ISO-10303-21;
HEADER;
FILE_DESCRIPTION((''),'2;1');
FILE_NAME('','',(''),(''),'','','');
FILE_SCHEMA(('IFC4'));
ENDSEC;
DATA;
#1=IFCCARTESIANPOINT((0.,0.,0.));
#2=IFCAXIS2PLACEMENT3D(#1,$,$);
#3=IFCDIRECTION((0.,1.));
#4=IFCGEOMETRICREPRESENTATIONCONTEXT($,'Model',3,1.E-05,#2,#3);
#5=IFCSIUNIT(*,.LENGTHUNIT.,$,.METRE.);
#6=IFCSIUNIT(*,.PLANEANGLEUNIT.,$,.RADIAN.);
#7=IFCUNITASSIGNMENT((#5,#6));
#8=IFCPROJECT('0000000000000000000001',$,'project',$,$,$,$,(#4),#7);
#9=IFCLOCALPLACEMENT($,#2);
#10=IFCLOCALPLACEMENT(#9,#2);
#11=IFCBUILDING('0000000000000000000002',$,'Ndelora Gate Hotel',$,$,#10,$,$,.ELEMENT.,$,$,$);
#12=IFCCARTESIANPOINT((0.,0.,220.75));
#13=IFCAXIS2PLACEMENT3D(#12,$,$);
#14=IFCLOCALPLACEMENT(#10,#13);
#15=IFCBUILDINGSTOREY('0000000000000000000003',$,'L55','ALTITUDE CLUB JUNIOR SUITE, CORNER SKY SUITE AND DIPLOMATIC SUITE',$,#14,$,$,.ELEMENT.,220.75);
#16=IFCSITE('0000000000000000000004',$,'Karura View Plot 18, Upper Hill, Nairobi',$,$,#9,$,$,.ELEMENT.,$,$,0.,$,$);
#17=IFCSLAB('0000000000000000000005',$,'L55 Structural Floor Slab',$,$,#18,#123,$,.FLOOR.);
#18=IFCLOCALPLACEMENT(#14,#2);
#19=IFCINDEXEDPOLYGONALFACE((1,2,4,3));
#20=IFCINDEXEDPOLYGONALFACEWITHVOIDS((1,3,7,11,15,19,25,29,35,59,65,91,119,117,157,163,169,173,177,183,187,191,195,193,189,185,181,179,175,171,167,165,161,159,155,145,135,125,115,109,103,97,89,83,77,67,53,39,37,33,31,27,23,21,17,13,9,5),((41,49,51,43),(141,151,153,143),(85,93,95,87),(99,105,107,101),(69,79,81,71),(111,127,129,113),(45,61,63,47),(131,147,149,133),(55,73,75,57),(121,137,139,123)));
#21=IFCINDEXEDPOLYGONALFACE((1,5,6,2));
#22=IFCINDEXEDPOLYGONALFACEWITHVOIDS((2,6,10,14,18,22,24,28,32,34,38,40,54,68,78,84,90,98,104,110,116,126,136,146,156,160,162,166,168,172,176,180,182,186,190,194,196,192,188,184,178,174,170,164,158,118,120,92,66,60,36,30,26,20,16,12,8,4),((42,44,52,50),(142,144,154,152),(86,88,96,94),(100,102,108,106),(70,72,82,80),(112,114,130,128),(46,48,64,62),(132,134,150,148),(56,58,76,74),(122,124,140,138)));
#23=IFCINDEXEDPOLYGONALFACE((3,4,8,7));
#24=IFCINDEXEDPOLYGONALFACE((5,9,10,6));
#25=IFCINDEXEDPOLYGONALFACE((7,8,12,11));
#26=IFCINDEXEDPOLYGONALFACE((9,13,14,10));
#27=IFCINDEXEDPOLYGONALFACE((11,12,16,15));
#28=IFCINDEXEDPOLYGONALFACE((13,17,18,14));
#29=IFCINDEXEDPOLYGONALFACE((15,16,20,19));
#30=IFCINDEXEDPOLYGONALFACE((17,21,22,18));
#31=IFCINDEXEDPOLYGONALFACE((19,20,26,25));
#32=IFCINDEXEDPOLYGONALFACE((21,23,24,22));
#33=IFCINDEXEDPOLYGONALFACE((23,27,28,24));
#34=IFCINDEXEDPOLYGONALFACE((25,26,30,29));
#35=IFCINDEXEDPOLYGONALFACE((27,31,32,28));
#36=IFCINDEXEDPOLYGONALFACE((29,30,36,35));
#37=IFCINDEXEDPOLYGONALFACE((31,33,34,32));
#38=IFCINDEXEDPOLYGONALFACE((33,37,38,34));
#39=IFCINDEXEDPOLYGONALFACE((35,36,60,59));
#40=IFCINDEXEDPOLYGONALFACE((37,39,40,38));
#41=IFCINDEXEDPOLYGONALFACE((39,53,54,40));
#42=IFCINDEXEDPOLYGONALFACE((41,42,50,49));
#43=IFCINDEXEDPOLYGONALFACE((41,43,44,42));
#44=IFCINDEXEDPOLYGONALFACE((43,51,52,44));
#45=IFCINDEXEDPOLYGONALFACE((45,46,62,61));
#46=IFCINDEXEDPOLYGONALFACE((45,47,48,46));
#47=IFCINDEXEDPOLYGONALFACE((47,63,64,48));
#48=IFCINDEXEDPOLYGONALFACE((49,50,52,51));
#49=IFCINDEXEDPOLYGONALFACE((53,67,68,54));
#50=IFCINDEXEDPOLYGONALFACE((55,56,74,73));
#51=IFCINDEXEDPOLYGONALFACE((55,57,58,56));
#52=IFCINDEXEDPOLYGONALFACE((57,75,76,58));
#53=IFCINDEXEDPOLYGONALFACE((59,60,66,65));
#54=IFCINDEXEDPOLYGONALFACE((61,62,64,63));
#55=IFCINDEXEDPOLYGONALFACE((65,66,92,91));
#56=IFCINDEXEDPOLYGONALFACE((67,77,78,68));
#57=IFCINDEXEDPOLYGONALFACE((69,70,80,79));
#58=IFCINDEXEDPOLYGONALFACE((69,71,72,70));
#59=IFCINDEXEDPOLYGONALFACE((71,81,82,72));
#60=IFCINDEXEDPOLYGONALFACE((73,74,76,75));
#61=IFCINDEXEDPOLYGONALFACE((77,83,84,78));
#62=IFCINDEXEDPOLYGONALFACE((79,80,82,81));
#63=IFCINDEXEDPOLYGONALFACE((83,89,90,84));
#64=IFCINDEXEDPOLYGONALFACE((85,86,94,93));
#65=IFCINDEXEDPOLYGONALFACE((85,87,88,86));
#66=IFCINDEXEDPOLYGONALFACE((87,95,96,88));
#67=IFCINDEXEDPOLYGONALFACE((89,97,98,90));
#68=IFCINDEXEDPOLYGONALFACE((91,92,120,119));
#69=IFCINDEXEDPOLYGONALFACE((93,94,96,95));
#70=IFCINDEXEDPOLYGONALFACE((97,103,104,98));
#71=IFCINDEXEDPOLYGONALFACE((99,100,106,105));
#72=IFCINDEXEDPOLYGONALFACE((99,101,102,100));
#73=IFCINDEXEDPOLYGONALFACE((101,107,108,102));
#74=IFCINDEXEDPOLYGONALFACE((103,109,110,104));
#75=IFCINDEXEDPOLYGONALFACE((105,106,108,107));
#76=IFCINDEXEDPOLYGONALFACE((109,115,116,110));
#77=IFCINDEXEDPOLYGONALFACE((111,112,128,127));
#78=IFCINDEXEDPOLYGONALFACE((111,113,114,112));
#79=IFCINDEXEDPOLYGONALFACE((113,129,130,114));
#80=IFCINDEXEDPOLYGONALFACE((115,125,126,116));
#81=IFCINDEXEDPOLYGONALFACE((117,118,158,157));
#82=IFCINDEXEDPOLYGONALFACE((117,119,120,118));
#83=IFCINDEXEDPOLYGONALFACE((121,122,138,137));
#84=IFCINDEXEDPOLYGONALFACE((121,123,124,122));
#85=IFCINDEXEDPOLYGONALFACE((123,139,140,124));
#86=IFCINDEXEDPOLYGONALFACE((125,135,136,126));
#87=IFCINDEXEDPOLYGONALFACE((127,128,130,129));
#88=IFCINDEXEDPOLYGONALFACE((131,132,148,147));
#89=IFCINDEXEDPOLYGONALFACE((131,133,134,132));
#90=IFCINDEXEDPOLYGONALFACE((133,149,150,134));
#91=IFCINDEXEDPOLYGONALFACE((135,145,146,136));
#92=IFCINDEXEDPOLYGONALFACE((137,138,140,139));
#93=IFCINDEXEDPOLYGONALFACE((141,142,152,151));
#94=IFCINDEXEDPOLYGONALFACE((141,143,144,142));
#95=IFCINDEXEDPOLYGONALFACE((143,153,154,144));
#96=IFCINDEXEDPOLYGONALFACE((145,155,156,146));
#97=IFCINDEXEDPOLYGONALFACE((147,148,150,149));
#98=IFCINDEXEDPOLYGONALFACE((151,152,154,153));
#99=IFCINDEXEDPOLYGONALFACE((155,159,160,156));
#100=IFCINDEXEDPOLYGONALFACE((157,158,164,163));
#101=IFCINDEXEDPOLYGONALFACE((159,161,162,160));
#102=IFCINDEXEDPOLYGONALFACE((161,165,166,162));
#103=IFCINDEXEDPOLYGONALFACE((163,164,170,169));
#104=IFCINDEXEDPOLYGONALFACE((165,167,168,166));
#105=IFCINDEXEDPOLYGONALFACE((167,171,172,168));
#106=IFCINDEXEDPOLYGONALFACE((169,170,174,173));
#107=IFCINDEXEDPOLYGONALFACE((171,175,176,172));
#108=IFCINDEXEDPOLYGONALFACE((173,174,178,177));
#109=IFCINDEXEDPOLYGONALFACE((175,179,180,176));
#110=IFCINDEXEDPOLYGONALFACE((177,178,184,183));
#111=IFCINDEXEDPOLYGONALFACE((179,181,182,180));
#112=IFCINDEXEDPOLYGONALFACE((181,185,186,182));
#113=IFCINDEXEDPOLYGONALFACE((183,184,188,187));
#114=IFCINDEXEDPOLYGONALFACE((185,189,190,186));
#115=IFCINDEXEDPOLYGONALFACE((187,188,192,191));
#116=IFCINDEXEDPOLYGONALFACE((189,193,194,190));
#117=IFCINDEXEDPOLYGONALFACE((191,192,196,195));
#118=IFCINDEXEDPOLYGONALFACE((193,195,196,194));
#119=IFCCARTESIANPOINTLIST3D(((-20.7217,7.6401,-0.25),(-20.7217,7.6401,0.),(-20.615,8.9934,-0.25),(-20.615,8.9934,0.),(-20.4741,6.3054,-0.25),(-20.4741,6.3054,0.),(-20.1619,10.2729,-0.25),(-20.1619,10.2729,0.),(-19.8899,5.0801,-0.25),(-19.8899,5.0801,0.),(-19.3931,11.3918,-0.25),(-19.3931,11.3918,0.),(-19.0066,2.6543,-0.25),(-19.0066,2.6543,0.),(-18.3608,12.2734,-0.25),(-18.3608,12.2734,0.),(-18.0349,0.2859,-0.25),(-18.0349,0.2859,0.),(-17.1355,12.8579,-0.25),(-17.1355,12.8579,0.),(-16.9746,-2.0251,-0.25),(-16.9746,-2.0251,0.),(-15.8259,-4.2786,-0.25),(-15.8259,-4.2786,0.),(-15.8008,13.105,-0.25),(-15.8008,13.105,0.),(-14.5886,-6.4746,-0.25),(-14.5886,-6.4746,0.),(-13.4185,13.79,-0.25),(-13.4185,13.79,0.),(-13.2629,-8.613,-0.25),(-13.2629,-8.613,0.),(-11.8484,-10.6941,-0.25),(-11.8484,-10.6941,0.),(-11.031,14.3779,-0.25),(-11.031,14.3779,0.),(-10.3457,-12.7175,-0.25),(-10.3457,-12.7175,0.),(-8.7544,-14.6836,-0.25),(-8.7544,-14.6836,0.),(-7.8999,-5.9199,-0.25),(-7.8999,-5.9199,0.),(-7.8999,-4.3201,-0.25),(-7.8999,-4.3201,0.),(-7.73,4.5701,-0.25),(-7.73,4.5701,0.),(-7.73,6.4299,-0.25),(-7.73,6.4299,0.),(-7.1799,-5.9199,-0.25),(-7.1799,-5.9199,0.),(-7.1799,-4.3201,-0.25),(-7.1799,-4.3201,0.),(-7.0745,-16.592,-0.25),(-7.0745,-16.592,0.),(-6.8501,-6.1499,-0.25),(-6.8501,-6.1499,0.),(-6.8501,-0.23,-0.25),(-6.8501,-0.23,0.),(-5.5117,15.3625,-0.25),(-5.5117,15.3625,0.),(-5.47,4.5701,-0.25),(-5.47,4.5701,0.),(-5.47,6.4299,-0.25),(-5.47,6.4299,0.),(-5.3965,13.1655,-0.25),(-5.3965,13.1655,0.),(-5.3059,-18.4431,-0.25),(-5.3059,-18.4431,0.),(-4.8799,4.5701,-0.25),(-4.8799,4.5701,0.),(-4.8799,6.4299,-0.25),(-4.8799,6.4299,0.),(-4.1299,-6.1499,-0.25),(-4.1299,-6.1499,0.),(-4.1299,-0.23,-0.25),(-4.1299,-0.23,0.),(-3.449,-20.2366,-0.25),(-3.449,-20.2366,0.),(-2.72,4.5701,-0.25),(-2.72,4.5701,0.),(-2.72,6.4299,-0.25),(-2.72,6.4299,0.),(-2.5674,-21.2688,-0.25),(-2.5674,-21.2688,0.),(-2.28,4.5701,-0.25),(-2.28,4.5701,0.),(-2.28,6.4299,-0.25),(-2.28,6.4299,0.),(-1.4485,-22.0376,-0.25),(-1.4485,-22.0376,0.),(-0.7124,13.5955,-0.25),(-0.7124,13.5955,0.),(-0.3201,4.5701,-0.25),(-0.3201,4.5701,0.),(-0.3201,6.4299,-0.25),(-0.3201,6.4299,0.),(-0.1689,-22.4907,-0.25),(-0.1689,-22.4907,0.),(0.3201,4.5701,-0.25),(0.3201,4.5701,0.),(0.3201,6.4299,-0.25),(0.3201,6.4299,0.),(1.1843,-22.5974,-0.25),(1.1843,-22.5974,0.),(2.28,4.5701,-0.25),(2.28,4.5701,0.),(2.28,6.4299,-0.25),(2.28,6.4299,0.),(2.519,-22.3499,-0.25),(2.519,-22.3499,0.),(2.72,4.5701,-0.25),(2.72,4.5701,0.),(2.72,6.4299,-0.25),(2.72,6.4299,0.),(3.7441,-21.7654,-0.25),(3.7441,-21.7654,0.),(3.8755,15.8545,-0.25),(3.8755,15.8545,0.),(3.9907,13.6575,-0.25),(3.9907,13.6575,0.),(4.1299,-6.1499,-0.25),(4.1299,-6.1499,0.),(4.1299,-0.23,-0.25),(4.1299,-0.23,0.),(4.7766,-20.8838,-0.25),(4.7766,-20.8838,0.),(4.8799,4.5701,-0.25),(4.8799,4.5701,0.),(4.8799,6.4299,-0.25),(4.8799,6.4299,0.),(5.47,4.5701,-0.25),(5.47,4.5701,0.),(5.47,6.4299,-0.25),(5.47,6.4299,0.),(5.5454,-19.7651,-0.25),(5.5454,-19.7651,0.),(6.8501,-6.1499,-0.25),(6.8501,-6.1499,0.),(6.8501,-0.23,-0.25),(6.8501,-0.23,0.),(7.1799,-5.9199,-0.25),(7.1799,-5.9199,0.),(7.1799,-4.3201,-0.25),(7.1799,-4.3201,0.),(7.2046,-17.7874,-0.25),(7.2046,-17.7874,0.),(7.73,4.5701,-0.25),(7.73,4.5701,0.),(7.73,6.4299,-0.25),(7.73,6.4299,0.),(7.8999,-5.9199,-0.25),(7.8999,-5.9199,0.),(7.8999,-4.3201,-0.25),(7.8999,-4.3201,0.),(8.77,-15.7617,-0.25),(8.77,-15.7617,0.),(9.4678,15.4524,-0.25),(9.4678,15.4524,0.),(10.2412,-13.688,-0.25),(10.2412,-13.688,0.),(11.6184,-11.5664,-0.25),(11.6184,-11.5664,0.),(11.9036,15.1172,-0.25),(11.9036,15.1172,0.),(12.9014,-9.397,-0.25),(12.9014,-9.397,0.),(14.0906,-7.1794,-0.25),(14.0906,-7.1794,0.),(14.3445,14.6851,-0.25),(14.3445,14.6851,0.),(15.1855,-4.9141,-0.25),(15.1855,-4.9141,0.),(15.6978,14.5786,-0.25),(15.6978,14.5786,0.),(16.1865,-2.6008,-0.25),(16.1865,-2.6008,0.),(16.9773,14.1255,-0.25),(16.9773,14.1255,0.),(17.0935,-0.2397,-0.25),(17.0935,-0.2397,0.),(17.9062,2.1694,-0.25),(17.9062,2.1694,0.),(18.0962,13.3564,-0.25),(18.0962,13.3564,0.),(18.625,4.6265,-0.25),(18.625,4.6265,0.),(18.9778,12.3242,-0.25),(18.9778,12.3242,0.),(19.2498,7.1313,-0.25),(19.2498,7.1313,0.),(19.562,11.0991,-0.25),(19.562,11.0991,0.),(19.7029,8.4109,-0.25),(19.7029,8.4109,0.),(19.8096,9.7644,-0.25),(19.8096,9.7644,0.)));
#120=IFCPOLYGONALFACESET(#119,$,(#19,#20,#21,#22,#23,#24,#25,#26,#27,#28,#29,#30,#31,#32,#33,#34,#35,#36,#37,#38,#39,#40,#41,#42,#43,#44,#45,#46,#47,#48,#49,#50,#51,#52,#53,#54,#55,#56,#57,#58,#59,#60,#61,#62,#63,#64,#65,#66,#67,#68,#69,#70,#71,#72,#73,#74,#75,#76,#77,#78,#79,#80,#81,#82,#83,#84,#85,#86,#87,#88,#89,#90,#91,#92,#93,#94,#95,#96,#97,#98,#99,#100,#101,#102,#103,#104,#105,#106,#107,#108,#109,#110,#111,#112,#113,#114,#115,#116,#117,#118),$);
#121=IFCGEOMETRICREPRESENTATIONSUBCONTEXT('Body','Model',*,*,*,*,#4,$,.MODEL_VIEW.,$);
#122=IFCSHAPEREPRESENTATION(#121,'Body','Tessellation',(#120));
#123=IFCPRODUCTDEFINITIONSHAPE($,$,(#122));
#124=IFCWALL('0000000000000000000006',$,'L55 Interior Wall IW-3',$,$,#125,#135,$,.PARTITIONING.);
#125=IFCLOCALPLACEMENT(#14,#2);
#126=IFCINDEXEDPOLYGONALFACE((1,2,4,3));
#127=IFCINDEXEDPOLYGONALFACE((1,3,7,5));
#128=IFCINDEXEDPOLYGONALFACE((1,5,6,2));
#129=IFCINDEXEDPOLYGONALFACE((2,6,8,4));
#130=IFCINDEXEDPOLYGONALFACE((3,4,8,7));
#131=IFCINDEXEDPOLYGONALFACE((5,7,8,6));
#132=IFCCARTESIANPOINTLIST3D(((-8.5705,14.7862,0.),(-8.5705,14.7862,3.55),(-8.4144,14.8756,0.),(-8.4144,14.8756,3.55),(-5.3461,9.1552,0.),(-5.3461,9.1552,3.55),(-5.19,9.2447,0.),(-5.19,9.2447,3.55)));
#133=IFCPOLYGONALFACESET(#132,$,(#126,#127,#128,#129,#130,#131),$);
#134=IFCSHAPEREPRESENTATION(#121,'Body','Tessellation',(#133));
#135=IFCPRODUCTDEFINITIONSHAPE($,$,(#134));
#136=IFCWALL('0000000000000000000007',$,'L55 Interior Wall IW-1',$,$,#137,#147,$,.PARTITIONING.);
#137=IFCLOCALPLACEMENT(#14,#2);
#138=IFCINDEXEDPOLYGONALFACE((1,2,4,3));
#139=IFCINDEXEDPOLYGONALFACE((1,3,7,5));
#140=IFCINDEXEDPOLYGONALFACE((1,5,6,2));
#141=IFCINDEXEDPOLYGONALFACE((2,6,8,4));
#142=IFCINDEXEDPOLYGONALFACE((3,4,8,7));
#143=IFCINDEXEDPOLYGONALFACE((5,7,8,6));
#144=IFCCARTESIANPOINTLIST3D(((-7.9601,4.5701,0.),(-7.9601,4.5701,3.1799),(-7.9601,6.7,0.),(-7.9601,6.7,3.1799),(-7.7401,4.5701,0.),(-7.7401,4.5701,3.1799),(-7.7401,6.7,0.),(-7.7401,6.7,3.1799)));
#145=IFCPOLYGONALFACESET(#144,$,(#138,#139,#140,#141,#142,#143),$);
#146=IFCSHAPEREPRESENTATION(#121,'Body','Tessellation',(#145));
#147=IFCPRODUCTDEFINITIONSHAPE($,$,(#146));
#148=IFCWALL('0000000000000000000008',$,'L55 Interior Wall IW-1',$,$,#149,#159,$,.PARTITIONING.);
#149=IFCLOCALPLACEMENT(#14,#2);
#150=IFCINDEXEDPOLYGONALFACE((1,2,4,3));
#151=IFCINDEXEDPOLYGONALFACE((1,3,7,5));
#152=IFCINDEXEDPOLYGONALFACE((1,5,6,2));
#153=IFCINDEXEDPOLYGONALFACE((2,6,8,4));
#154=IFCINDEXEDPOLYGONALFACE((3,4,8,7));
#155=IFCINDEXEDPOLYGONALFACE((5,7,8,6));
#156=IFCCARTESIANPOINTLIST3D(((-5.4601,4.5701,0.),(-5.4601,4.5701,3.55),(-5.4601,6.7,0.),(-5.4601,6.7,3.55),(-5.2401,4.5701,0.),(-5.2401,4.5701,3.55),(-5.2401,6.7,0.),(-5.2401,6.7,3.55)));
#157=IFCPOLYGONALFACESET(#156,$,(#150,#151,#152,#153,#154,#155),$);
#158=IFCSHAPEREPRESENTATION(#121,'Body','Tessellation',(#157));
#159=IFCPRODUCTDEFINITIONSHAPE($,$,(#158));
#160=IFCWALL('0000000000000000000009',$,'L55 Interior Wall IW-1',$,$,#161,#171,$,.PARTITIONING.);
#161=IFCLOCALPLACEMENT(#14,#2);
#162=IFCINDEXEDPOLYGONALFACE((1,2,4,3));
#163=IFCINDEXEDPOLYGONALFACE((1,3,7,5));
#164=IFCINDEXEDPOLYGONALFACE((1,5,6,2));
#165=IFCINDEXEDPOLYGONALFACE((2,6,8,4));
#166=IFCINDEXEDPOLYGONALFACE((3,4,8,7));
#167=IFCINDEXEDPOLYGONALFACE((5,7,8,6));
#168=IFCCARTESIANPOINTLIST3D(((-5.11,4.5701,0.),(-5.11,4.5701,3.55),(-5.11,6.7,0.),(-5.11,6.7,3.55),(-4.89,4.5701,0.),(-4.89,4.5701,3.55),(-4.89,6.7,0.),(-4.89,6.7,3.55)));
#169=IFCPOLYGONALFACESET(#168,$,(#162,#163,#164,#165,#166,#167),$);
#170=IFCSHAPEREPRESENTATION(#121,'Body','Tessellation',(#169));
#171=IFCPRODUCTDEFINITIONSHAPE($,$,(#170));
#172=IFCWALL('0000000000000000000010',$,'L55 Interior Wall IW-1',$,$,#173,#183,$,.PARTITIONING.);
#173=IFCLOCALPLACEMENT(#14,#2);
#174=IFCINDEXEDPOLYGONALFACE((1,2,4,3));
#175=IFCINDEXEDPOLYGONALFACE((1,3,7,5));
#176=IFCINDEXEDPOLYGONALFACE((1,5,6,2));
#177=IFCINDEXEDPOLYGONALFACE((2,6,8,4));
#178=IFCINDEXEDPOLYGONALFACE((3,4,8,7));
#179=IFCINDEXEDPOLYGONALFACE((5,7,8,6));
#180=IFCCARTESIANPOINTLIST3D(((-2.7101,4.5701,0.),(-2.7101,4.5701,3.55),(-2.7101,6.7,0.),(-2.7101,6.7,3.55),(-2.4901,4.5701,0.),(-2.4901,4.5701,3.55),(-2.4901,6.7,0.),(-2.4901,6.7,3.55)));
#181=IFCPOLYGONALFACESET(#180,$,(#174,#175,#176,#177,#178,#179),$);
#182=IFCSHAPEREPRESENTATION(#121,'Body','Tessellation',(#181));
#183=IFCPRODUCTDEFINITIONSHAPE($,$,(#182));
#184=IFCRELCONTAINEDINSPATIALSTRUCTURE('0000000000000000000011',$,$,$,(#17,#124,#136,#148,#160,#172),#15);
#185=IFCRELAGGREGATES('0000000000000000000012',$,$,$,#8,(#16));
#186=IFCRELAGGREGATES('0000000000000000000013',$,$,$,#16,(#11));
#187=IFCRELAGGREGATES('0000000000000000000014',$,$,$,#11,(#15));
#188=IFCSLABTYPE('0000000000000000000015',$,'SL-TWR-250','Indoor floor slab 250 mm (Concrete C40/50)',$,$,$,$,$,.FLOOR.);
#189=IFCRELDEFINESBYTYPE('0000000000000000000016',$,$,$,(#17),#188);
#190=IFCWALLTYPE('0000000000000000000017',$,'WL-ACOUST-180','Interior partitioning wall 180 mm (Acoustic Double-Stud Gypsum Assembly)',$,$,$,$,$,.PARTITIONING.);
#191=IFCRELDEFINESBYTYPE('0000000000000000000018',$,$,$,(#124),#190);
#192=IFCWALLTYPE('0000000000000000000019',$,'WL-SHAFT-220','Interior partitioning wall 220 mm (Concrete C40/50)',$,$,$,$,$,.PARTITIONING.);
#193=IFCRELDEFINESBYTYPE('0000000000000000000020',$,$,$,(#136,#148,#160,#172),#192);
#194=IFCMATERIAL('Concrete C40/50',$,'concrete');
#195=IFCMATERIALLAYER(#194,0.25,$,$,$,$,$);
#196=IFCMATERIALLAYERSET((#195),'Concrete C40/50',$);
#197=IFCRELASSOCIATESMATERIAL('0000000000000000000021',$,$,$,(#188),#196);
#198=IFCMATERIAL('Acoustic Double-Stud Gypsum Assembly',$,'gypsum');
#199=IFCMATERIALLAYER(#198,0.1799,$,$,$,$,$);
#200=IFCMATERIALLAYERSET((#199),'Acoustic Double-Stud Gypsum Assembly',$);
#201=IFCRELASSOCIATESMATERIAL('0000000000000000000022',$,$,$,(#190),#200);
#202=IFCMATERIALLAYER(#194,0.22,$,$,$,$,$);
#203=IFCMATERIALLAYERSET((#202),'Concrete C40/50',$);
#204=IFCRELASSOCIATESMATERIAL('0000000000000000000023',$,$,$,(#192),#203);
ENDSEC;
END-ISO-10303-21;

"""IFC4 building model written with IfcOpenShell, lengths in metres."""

from ifc_helpers import new_model, si_unit, direction, frame, frame_2d, origin, place, context, subcontext, project, spatial, polyline, rectangle, outline, extrude, material, layer, layer_set, type_object, element, save


model = new_model("IFC4")

# Units and contexts
model_context = context("Model", 3, precision=1e-05, world=origin(), true_north=direction((0.0, 1.0)))
body_context = subcontext(model_context, "Body", "Model", "MODEL_VIEW")
ifc_project = project(units=[si_unit("LENGTHUNIT", "METRE"), si_unit("PLANEANGLEUNIT", "RADIAN")], contexts=[model_context])

# Site, building, storey
site_placement = place(None, origin())
site = spatial("IfcSite", under=ifc_project, at=site_placement, Name="Karura View Plot 18, Upper Hill, Nairobi", CompositionType="ELEMENT", RefElevation=0.0)
building_placement = place(site_placement, origin())
building = spatial("IfcBuilding", under=site, at=building_placement, Name="Ndelora Gate Hotel", CompositionType="ELEMENT")
storey_placement = place(building_placement, frame((0.0, 0.0, 220.75)))
storey = spatial("IfcBuildingStorey", under=building, at=storey_placement, Name="L55", Description="ALTITUDE CLUB JUNIOR SUITE, CORNER SKY SUITE AND DIPLOMATIC SUITE", CompositionType="ELEMENT", Elevation=220.75)

# Slab
ifc_material_1 = material(Name="Concrete C40/50", Category="concrete")
ifc_layer_1 = layer(ifc_material_1, 0.25)
ifc_layer_set_1 = layer_set([ifc_layer_1], Name="Concrete C40/50")
slab_type_1 = type_object("IfcSlabType", Name="SL-TWR-250", Description="Indoor floor slab 250 mm (Concrete C40/50)", PredefinedType="FLOOR", material=ifc_layer_set_1)
slab_1_placement = place(storey_placement, frame((0.0, 0.0, -0.25)))
element("IfcSlab", 1, at=slab_1_placement, inside=storey, type_object=slab_type_1, Name="L55 Structural Floor Slab", PredefinedType="FLOOR", context=body_context, shape_type="SweptSolid", body=[
    extrude(outline(polyline([(-15.8008, 13.105), (-17.1355, 12.8579), (-18.3608, 12.2734), (-19.3931, 11.3918), (-20.1619, 10.2729), (-20.615, 8.9934), (-20.7217, 7.6401), (-20.4741, 6.3054), (-19.8899, 5.0801), (-19.0066, 2.6543), (-18.0349, 0.2859), (-16.9746, -2.0251), (-15.8259, -4.2786), (-14.5886, -6.4746), (-13.2629, -8.613), (-11.8484, -10.6941), (-10.3457, -12.7175), (-8.7544, -14.6836), (-7.0745, -16.592), (-5.3059, -18.4431), (-3.449, -20.2366), (-2.5674, -21.2688), (-1.4485, -22.0376), (-0.1689, -22.4907), (1.1843, -22.5974), (2.519, -22.3499), (3.7441, -21.7654), (4.7766, -20.8838), (5.5454, -19.7651), (7.2046, -17.7874), (8.77, -15.7617), (10.2412, -13.688), (11.6184, -11.5664), (12.9014, -9.397), (14.0906, -7.1794), (15.1855, -4.9141), (16.1865, -2.6008), (17.0935, -0.2397), (17.9062, 2.1694), (18.625, 4.6265), (19.2498, 7.1313), (19.7029, 8.4109), (19.8096, 9.7644), (19.562, 11.0991), (18.9778, 12.3242), (18.0962, 13.3564), (16.9773, 14.1255), (15.6978, 14.5786), (14.3445, 14.6851), (11.9036, 15.1172), (9.4678, 15.4524), (3.8755, 15.8545), (3.9907, 13.6575), (-0.7124, 13.5955), (-5.3965, 13.1655), (-5.5117, 15.3625), (-11.031, 14.3779), (-13.4185, 13.79), (-15.8008, 13.105)]), holes=[polyline([(-6.8501, -0.23), (-6.8501, -6.1499), (-4.1299, -6.1499), (-4.1299, -0.23), (-6.8501, -0.23)]), polyline([(4.1299, -0.23), (4.1299, -6.1499), (6.8501, -6.1499), (6.8501, -0.23), (4.1299, -0.23)]), polyline([(-7.73, 4.5701), (-5.47, 4.5701), (-5.47, 6.4299), (-7.73, 6.4299), (-7.73, 4.5701)]), polyline([(5.47, 4.5701), (7.73, 4.5701), (7.73, 6.4299), (5.47, 6.4299), (5.47, 4.5701)]), polyline([(-4.8799, 4.5701), (-2.72, 4.5701), (-2.72, 6.4299), (-4.8799, 6.4299), (-4.8799, 4.5701)]), polyline([(2.72, 4.5701), (4.8799, 4.5701), (4.8799, 6.4299), (2.72, 6.4299), (2.72, 4.5701)]), polyline([(-2.28, 4.5701), (-0.3201, 4.5701), (-0.3201, 6.4299), (-2.28, 6.4299), (-2.28, 4.5701)]), polyline([(0.3201, 4.5701), (2.28, 4.5701), (2.28, 6.4299), (0.3201, 6.4299), (0.3201, 4.5701)]), polyline([(-7.8999, -5.9199), (-7.1799, -5.9199), (-7.1799, -4.3201), (-7.8999, -4.3201), (-7.8999, -5.9199)]), polyline([(7.1799, -5.9199), (7.8999, -5.9199), (7.8999, -4.3201), (7.1799, -4.3201), (7.1799, -5.9199)])]), origin(), (0.0, 0.0, 1.0), 0.25),
])

# Wall
ifc_material_2 = material(Name="Acoustic Double-Stud Gypsum Assembly", Category="gypsum")
ifc_layer_2 = layer(ifc_material_2, 0.1799)
ifc_layer_set_2 = layer_set([ifc_layer_2], Name="Acoustic Double-Stud Gypsum Assembly")
wall_type_1 = type_object("IfcWallType", Name="WL-ACOUST-180", Description="Interior partitioning wall 180 mm (Acoustic Double-Stud Gypsum Assembly)", PredefinedType="PARTITIONING", material=ifc_layer_set_2)
wall_1_placement = place(storey_placement, frame((-5.2681, 9.2, 0.0), z_axis=(0.0, 0.0, 1.0), x_axis=(-0.496921, 0.867796, 0.0)))
element("IfcWall", 2, at=wall_1_placement, inside=storey, type_object=wall_type_1, Name="L55 Interior Wall IW-3", PredefinedType="PARTITIONING", context=body_context, shape_type="SweptSolid", body=[
    extrude(rectangle(XDim=6.4888, YDim=0.1799, at=frame_2d((3.2444, 0.0))), origin(), (0.0, 0.0, 1.0), 3.55),
])

# Walls
ifc_layer_3 = layer(ifc_material_1, 0.22)
ifc_layer_set_3 = layer_set([ifc_layer_3], Name="Concrete C40/50")
wall_type_2 = type_object("IfcWallType", Name="WL-SHAFT-220", Description="Interior partitioning wall 220 mm (Concrete C40/50)", PredefinedType="PARTITIONING", material=ifc_layer_set_3)
wall_2_placement = place(storey_placement, frame((-7.8501, 4.5701, 0.0), z_axis=(0.0, 0.0, 1.0), x_axis=(0.0, 1.0, 0.0)))
element("IfcWall", 3, at=wall_2_placement, inside=storey, type_object=wall_type_2, Name="L55 Interior Wall IW-1", PredefinedType="PARTITIONING", context=body_context, shape_type="SweptSolid", body=[
    extrude(rectangle(XDim=2.1299, YDim=0.22, at=frame_2d((1.0649, 0.0))), origin(), (0.0, 0.0, 1.0), 3.1799),
])
wall_3_placement = place(storey_placement, frame((-5.3501, 4.5701, 0.0), z_axis=(0.0, 0.0, 1.0), x_axis=(0.0, 1.0, 0.0)))
element("IfcWall", 4, at=wall_3_placement, inside=storey, type_object=wall_type_2, Name="L55 Interior Wall IW-1", PredefinedType="PARTITIONING", context=body_context, shape_type="SweptSolid", body=[
    extrude(rectangle(XDim=2.1299, YDim=0.22, at=frame_2d((1.0649, 0.0))), origin(), (0.0, 0.0, 1.0), 3.55),
])

# Walls
for number, where, z_axis, x_axis, name in (
    (5, (-5.0, 4.5701, 0.0), (0.0, 0.0, 1.0), (0.0, 1.0, 0.0), "L55 Interior Wall IW-1"),
    (6, (-2.6001, 4.5701, 0.0), (0.0, 0.0, 1.0), (0.0, 1.0, 0.0), "L55 Interior Wall IW-1"),
):
    element("IfcWall", number, at=place(storey_placement, frame(where, z_axis=z_axis, x_axis=x_axis)), inside=storey, type_object=wall_type_2, Name=name, PredefinedType="PARTITIONING", context=body_context, shape_type="SweptSolid", body=[
        extrude(rectangle(XDim=2.1299, YDim=0.22, at=frame_2d((1.0649, 0.0))), origin(), (0.0, 0.0, 1.0), 3.55),
    ])

save(model, "model.ifc")
